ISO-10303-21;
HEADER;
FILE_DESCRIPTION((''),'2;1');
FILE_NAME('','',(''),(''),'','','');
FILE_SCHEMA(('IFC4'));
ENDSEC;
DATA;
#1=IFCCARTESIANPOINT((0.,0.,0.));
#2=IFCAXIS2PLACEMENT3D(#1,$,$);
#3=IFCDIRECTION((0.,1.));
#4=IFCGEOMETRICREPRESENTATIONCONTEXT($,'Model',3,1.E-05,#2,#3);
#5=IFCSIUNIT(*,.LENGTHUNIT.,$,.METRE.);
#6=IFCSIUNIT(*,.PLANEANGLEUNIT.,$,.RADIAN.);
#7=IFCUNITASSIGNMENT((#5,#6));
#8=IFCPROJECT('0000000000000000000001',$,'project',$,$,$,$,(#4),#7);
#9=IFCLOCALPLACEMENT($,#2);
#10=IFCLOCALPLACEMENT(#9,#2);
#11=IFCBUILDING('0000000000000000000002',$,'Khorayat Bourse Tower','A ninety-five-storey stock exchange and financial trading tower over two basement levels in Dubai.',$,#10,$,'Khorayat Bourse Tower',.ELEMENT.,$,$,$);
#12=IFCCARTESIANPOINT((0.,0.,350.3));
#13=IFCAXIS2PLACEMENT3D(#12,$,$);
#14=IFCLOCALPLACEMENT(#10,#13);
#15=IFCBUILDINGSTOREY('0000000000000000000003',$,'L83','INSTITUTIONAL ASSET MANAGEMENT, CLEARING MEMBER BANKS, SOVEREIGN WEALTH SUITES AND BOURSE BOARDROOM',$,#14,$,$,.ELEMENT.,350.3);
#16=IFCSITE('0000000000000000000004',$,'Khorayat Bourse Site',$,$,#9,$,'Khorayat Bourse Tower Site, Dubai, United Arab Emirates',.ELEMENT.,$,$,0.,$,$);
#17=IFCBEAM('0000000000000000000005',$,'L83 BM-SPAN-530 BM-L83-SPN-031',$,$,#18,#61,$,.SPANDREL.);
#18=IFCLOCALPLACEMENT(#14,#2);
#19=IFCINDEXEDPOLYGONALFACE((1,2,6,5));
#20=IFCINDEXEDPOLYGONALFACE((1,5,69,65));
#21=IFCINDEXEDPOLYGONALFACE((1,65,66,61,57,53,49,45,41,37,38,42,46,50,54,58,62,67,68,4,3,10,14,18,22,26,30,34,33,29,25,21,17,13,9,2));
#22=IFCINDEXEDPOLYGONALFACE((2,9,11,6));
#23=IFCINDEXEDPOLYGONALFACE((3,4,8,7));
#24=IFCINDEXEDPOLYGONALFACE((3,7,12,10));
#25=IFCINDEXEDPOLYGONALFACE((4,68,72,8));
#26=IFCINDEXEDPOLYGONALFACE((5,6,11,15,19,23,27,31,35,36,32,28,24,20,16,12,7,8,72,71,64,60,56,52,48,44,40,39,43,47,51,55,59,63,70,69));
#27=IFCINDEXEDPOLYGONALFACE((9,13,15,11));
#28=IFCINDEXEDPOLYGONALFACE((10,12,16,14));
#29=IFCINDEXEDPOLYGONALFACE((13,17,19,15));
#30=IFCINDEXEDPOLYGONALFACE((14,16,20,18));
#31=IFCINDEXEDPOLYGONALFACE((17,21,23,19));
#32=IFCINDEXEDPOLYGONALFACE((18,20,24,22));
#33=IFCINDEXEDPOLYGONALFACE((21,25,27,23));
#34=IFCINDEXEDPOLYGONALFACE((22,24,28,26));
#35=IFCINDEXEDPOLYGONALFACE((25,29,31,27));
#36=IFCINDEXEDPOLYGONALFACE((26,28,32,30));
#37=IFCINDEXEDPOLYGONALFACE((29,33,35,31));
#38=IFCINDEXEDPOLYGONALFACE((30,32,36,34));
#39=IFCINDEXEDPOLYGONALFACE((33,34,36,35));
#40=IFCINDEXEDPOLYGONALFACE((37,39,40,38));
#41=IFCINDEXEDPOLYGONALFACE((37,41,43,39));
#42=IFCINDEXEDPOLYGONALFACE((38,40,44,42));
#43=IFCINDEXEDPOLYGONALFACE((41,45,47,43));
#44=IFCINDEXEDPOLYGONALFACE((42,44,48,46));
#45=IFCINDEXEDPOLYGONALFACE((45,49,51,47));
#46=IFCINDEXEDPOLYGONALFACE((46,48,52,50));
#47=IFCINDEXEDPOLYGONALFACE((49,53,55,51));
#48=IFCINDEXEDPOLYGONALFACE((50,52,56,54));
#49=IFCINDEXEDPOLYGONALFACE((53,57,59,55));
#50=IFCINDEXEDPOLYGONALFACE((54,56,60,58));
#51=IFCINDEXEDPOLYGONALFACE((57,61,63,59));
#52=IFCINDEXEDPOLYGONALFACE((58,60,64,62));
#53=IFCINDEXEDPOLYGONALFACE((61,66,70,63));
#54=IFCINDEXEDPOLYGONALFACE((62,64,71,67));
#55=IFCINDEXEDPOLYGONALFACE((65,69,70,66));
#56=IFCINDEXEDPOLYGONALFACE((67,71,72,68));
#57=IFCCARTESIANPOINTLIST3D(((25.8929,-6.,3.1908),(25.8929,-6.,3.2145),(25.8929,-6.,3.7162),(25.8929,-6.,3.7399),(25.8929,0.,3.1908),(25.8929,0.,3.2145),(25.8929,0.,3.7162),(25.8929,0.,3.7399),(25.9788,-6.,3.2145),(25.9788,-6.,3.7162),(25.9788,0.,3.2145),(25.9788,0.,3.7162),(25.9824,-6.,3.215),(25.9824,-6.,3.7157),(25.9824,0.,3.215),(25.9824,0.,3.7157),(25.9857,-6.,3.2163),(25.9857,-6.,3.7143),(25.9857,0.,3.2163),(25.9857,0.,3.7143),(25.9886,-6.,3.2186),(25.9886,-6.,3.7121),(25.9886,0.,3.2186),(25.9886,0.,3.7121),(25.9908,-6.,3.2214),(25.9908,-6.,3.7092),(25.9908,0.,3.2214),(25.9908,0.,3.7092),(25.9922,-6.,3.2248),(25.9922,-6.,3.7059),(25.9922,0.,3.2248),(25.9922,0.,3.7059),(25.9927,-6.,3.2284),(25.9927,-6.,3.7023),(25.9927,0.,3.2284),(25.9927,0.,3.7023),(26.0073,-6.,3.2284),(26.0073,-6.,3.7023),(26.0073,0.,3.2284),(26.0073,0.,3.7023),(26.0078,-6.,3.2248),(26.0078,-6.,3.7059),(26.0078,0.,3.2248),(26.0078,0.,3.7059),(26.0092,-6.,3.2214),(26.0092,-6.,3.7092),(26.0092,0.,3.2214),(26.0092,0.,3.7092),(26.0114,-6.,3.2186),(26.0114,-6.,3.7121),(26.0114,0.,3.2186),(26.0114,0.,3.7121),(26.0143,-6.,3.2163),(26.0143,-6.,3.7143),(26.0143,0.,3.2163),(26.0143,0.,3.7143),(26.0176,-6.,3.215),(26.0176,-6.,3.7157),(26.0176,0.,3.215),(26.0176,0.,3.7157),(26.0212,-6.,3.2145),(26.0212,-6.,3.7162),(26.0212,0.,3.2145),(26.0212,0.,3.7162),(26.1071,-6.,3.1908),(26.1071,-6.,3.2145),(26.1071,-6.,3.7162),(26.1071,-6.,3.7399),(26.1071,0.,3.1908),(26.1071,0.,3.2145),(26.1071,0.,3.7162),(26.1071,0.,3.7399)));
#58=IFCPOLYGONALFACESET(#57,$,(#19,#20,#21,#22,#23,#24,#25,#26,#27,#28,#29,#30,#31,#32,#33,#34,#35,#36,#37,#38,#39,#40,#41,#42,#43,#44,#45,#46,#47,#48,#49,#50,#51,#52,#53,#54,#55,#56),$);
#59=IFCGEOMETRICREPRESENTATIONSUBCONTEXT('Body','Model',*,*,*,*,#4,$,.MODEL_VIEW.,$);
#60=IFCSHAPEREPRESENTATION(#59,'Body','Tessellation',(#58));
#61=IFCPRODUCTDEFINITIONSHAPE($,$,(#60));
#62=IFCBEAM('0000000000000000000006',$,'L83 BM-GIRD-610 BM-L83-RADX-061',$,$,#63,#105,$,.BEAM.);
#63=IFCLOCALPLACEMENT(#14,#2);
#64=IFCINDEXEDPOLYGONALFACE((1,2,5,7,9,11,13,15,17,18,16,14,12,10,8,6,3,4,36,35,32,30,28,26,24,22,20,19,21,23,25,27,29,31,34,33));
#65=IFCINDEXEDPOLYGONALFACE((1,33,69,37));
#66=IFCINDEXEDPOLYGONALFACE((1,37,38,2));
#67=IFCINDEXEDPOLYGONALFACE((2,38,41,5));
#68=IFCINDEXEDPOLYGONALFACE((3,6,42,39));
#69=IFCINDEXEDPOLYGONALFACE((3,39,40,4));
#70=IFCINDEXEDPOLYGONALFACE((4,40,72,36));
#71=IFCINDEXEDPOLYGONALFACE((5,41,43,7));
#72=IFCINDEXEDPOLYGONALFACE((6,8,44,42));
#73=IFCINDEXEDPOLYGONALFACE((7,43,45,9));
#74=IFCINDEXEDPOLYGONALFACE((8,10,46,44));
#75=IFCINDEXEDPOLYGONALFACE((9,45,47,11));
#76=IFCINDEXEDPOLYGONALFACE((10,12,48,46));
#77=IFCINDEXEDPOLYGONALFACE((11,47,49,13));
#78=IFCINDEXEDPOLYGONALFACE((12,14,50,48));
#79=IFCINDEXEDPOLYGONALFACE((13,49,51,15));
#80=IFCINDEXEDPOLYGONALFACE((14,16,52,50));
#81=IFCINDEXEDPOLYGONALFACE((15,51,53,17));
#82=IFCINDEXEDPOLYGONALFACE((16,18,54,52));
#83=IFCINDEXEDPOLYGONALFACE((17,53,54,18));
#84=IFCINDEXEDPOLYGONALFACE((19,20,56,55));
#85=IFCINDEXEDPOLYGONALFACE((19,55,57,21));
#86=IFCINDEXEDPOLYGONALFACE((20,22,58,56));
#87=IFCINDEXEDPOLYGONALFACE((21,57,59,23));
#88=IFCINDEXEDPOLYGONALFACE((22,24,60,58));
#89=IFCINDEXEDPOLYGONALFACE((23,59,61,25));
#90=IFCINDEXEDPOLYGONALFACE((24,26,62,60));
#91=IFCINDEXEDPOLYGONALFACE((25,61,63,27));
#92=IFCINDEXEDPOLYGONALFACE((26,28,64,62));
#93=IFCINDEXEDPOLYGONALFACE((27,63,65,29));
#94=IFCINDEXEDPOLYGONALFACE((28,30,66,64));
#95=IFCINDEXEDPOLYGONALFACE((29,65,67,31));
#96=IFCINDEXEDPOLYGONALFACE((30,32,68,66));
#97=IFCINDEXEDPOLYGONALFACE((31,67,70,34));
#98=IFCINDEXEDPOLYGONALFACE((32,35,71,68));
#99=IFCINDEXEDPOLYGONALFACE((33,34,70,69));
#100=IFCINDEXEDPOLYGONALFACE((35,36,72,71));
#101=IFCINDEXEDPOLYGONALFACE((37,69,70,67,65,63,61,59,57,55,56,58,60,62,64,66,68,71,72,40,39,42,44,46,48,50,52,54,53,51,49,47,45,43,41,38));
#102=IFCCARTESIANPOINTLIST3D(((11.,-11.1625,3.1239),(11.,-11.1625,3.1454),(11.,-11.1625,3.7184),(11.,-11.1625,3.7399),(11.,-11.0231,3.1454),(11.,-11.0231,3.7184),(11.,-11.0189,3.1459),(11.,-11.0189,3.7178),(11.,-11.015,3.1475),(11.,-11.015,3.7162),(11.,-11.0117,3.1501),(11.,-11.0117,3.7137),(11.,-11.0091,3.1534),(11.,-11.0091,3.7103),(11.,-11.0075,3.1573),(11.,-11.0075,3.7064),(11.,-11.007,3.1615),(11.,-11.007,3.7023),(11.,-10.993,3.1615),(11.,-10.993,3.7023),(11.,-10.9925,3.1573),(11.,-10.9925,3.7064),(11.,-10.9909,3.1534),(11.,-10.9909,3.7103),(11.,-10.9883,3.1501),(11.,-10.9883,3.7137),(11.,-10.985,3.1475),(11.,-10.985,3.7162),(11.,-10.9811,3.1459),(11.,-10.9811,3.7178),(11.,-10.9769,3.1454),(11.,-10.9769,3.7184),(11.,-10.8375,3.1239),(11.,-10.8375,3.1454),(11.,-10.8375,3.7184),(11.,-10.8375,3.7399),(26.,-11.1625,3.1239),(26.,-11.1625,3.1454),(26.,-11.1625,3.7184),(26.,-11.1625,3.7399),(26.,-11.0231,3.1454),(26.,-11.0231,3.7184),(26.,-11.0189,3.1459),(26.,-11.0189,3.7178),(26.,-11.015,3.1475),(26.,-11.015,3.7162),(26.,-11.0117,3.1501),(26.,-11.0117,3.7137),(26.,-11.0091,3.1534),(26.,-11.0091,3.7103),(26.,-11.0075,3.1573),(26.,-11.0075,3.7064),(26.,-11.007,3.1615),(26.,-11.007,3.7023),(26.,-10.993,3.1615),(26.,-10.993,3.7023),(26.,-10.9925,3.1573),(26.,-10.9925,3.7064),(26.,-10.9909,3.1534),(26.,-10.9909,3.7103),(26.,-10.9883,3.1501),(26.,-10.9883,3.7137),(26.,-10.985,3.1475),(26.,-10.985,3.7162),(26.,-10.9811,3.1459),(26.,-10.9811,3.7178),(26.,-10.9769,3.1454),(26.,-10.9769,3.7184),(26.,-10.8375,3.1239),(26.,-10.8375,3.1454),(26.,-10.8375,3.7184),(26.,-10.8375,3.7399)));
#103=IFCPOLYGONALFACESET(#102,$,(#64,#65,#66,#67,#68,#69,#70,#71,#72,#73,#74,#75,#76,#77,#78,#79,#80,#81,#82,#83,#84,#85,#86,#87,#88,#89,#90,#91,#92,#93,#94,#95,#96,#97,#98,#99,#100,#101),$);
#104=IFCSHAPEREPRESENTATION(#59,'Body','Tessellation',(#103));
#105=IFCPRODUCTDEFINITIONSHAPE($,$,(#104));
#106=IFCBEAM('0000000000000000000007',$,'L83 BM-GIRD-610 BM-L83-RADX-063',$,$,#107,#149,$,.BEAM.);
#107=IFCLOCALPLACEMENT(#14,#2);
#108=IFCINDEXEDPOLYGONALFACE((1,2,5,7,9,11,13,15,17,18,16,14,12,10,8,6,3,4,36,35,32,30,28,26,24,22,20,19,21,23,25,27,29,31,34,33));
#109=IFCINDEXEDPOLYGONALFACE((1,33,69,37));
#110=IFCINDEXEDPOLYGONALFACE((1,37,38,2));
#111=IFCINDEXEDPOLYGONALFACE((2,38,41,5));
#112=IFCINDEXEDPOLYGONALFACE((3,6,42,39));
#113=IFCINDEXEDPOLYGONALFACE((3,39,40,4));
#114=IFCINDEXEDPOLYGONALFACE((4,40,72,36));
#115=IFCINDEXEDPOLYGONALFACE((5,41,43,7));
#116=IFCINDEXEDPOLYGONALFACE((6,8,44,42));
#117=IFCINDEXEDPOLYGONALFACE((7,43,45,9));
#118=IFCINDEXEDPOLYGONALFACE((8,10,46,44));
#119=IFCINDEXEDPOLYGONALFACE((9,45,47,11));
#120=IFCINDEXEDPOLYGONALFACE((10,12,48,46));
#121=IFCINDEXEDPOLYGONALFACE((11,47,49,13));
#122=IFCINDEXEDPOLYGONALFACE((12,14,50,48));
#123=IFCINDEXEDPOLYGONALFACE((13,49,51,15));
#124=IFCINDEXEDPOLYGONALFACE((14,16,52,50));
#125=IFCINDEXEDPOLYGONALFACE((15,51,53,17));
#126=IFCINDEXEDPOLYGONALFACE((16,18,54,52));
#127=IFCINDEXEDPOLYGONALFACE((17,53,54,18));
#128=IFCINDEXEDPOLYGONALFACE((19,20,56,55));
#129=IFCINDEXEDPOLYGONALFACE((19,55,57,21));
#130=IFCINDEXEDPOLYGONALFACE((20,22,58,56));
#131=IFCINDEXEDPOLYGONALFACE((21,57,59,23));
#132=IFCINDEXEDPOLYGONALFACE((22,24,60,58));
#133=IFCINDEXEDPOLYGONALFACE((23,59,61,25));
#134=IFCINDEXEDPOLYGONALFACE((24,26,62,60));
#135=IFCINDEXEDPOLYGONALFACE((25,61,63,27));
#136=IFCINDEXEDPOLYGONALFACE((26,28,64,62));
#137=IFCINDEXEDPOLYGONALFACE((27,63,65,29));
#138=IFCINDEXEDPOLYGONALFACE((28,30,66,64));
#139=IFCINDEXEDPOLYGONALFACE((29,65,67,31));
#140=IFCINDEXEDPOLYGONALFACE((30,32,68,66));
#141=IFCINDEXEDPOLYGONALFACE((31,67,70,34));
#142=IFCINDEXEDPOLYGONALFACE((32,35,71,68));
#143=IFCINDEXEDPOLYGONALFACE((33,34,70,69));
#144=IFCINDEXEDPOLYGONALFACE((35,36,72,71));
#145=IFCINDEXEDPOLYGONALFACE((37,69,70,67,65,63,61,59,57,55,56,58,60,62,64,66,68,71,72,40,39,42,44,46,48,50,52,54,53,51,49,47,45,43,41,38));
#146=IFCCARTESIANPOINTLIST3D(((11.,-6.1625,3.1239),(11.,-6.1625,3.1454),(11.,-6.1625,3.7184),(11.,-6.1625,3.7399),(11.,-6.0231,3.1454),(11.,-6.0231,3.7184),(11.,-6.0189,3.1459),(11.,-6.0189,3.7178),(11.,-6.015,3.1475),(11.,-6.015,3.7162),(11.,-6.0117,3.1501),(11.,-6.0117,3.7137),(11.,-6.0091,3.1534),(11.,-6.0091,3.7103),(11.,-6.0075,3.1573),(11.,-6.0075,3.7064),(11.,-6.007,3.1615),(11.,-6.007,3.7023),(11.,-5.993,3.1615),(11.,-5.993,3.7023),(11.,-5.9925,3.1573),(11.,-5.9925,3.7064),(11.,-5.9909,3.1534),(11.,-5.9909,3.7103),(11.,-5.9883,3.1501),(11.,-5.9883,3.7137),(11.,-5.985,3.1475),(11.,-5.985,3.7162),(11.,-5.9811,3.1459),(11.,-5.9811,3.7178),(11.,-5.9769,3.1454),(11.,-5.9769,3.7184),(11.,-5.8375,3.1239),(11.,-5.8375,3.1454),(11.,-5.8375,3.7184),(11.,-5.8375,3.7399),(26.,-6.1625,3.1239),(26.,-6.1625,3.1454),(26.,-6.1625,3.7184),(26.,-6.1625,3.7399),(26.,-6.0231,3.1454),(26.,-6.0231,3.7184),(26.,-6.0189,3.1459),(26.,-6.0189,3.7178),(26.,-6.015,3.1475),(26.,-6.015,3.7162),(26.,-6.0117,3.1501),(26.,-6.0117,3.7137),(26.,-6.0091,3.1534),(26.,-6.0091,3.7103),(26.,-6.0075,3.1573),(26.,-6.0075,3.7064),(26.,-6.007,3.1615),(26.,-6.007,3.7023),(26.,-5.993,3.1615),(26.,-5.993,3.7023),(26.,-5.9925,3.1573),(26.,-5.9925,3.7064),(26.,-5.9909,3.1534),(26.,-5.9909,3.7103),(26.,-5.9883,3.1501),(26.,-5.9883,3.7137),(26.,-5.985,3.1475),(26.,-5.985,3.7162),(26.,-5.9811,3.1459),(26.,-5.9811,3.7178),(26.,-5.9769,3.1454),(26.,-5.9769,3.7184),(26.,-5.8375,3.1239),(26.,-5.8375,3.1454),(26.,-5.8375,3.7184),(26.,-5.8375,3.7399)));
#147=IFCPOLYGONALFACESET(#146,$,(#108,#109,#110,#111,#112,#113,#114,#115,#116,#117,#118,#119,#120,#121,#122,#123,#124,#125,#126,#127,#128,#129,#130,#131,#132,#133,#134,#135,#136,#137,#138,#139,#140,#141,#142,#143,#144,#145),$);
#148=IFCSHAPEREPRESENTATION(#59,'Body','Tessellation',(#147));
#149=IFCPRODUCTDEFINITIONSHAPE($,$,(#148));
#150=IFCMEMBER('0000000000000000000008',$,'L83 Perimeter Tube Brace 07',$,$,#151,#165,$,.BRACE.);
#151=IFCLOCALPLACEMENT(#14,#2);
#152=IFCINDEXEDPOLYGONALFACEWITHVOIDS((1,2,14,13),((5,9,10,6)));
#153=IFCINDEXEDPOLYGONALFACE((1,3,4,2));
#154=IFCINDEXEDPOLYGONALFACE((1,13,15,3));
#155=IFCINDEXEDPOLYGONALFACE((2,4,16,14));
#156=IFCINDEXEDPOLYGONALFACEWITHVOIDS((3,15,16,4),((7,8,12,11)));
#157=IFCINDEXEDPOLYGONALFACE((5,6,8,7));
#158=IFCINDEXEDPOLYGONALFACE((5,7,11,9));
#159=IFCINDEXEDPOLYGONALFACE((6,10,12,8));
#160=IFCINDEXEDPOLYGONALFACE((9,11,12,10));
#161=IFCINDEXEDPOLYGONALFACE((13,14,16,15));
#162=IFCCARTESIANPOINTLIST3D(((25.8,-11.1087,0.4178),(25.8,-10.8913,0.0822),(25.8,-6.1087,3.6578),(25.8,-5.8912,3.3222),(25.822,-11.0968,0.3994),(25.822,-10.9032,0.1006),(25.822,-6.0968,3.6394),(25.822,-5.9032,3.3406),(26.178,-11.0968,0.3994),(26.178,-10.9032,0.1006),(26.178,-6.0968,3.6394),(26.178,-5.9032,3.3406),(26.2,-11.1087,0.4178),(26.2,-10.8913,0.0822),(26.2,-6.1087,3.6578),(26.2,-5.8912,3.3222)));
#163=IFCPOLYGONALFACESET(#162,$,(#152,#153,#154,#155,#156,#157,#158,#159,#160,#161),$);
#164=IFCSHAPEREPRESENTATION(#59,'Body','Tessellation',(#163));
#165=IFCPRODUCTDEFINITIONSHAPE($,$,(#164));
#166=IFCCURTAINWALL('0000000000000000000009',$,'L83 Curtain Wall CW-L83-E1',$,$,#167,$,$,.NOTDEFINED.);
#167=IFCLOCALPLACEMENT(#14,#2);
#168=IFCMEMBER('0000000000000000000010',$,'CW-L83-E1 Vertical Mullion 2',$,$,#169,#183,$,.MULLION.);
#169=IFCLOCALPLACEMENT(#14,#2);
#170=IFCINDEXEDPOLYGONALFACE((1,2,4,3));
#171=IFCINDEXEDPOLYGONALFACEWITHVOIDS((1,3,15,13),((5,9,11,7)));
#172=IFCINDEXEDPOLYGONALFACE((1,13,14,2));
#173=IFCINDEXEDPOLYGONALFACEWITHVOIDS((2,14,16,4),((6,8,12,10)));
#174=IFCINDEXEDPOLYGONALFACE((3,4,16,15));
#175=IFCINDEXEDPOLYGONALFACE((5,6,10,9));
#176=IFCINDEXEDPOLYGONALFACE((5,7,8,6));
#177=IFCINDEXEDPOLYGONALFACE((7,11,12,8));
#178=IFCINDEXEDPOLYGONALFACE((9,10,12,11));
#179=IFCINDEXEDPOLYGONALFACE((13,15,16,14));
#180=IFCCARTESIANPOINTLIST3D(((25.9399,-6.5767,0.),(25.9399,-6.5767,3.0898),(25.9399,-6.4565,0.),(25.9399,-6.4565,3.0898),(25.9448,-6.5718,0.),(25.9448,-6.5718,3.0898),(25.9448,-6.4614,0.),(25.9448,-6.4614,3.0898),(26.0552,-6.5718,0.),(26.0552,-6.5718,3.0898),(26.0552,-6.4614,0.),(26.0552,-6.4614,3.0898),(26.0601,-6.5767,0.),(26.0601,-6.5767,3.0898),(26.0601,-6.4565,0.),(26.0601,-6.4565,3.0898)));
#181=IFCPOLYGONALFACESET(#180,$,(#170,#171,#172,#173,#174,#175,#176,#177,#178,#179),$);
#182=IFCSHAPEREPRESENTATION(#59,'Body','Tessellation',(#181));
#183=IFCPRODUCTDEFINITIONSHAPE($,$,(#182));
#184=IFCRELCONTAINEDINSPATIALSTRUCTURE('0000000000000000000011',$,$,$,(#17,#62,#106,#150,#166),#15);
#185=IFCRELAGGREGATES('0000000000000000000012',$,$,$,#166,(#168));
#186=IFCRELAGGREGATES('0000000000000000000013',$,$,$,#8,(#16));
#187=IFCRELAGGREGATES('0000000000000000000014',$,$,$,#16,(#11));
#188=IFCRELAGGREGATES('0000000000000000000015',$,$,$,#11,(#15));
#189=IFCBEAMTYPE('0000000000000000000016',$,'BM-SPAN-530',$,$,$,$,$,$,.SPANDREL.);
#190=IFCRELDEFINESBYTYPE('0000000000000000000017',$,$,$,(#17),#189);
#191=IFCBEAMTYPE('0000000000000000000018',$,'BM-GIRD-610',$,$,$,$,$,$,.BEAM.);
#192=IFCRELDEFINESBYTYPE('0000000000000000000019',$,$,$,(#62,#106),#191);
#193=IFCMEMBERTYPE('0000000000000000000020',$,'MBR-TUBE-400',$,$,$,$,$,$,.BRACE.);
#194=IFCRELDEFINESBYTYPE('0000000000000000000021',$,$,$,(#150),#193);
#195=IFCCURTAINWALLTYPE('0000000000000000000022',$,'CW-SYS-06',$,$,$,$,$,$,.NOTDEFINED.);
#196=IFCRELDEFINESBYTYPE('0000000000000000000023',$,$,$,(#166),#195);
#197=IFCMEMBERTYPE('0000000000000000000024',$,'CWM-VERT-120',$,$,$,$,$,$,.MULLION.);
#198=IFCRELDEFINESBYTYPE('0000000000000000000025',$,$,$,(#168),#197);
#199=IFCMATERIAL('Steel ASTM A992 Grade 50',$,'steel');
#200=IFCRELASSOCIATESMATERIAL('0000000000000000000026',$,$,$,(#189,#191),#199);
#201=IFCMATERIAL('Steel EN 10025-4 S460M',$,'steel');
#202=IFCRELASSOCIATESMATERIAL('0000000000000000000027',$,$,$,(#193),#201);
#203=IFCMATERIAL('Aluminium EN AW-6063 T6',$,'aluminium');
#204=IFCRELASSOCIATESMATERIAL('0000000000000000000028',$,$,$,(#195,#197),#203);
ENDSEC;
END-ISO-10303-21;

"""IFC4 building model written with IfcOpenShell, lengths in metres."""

from ifc_helpers import new_model, si_unit, direction, frame, origin, origin_2d, place, context, subcontext, project, spatial, hollow_rectangle, i_section, extrude, source, transform, mapped, material, material_profile, profile_set, type_object, element, aggregate, save


model = new_model("IFC4")

# Units and contexts
model_context = context("Model", 3, precision=1e-05, world=origin(), true_north=direction((0.0, 1.0)))
body_context = subcontext(model_context, "Body", "Model", "MODEL_VIEW")
ifc_project = project(units=[si_unit("LENGTHUNIT", "METRE"), si_unit("PLANEANGLEUNIT", "RADIAN")], contexts=[model_context])

# Site, building, storey
site_placement = place(None, origin())
site = spatial("IfcSite", under=ifc_project, at=site_placement, Name="Khorayat Bourse Site", LongName="Khorayat Bourse Tower Site, Dubai, United Arab Emirates", CompositionType="ELEMENT", RefElevation=0.0)
building_placement = place(site_placement, origin())
building = spatial("IfcBuilding", under=site, at=building_placement, Name="Khorayat Bourse Tower", Description="A ninety-five-storey stock exchange and financial trading tower over two basement levels in Dubai.", LongName="Khorayat Bourse Tower", CompositionType="ELEMENT")
storey_placement = place(building_placement, frame((0.0, 0.0, 350.3)))
storey = spatial("IfcBuildingStorey", under=building, at=storey_placement, Name="L83", Description="INSTITUTIONAL ASSET MANAGEMENT, CLEARING MEMBER BANKS, SOVEREIGN WEALTH SUITES AND BOURSE BOARDROOM", CompositionType="ELEMENT", Elevation=350.3)

# Beams
ifc_material_1 = material(Name="Steel ASTM A992 Grade 50", Category="steel")
ifc_material_profile_1 = material_profile(ifc_material_1, i_section(OverallWidth=0.2141, OverallDepth=0.5491, WebThickness=0.0146, FlangeThickness=0.0237, FilletRadius=0.0139, at=origin_2d()), Name="W530X138")
ifc_profile_set_1 = profile_set([ifc_material_profile_1], Name="Steel ASTM A992 Grade 50")
beam_type_1 = type_object("IfcBeamType", Name="BM-SPAN-530", PredefinedType="SPANDREL", material=ifc_profile_set_1)
shared_shape_1 = source(origin(), body_context, "Body", "SweptSolid", [
    extrude(i_section(OverallWidth=0.2141, OverallDepth=0.5491, WebThickness=0.0146, FlangeThickness=0.0237, FilletRadius=0.0139, at=origin_2d()), origin(), (0.0, 0.0, 1.0), 6.0),
])
beam_1_placement = place(storey_placement, frame((26.0, -6.0, 3.4653), z_axis=(0.0, 1.0, 0.0), x_axis=(-1.0, 0.0, 0.0)))
element("IfcBeam", 1, at=beam_1_placement, inside=storey, type_object=beam_type_1, Name="L83 BM-SPAN-530 BM-L83-SPN-031", PredefinedType="SPANDREL", context=body_context, shape_type="MappedRepresentation", body=[
    mapped(shared_shape_1, transform((0.0, 0.0, 0.0), scale=1.0)),
])
ifc_material_profile_2 = material_profile(ifc_material_1, i_section(OverallWidth=0.325, OverallDepth=0.616, WebThickness=0.0139, FlangeThickness=0.0215, FilletRadius=0.0161, at=origin_2d()), Name="W610X174")
ifc_profile_set_2 = profile_set([ifc_material_profile_2], Name="Steel ASTM A992 Grade 50")
beam_type_2 = type_object("IfcBeamType", Name="BM-GIRD-610", PredefinedType="BEAM", material=ifc_profile_set_2)
shared_shape_2 = source(origin(), body_context, "Body", "SweptSolid", [
    extrude(i_section(OverallWidth=0.325, OverallDepth=0.616, WebThickness=0.0139, FlangeThickness=0.0215, FilletRadius=0.0161, at=origin_2d()), origin(), (0.0, 0.0, 1.0), 15.0),
])
for number, where, z_axis, x_axis, name in (
    (2, (11.0, -11.0, 3.4319), (1.0, 0.0, 0.0), (0.0, 1.0, 0.0), "L83 BM-GIRD-610 BM-L83-RADX-061"),
    (3, (11.0, -6.0, 3.4319), (1.0, 0.0, 0.0), (0.0, 1.0, 0.0), "L83 BM-GIRD-610 BM-L83-RADX-063"),
):
    element("IfcBeam", number, at=place(storey_placement, frame(where, z_axis=z_axis, x_axis=x_axis)), inside=storey, type_object=beam_type_2, Name=name, PredefinedType="BEAM", context=body_context, shape_type="MappedRepresentation", body=[
        mapped(shared_shape_2, transform((0.0, 0.0, 0.0), scale=1.0)),
    ])

# Member
ifc_material_2 = material(Name="Steel EN 10025-4 S460M", Category="steel")
ifc_material_profile_3 = material_profile(ifc_material_2, hollow_rectangle(XDim=0.3999, YDim=0.3999, WallThickness=0.022, at=origin_2d()), Name="HSS 400x400x22")
ifc_profile_set_3 = profile_set([ifc_material_profile_3], Name="Steel EN 10025-4 S460M")
member_type_1 = type_object("IfcMemberType", Name="MBR-TUBE-400", PredefinedType="BRACE", material=ifc_profile_set_3)
shared_shape_3 = source(origin(), body_context, "Body", "SweptSolid", [
    extrude(hollow_rectangle(XDim=0.3999, YDim=0.3999, WallThickness=0.022, at=origin_2d()), origin(), (0.0, 0.0, 1.0), 5.958),
])
member_1_placement = place(storey_placement, frame((26.0, -11.0, 0.25), z_axis=(0.0, 0.83921, 0.543807), x_axis=(-1.0, 0.0, 0.0)))
element("IfcMember", 4, at=member_1_placement, inside=storey, type_object=member_type_1, Name="L83 Perimeter Tube Brace 07", PredefinedType="BRACE", context=body_context, shape_type="MappedRepresentation", body=[
    mapped(shared_shape_3, transform((0.0, 0.0, 0.0), scale=1.0)),
])

# Curtain wall, member
ifc_material_3 = material(Name="Aluminium EN AW-6063 T6", Category="aluminium")
curtain_wall_type = type_object("IfcCurtainWallType", Name="CW-SYS-06", PredefinedType="NOTDEFINED", material=ifc_material_3)
curtain_wall_placement = place(storey_placement, origin())
curtain_wall = element("IfcCurtainWall", 5, at=curtain_wall_placement, inside=storey, type_object=curtain_wall_type, Name="L83 Curtain Wall CW-L83-E1", PredefinedType="NOTDEFINED")
ifc_material_profile_4 = material_profile(ifc_material_3, hollow_rectangle(XDim=0.1201, YDim=0.1201, WallThickness=0.0049, at=origin_2d()), Name="ALU 120x120x5")
ifc_profile_set_4 = profile_set([ifc_material_profile_4], Name="Aluminium EN AW-6063 T6")
member_type_2 = type_object("IfcMemberType", Name="CWM-VERT-120", PredefinedType="MULLION", material=ifc_profile_set_4)
shared_shape_4 = source(origin(), body_context, "Body", "SweptSolid", [
    extrude(hollow_rectangle(XDim=0.1201, YDim=0.1201, WallThickness=0.0049, at=origin_2d()), origin(), (0.0, 0.0, 1.0), 3.0898),
])
member_2_placement = place(storey_placement, frame((26.0, -6.5166, 0.0), z_axis=(0.0, 0.0, 1.0), x_axis=(-1.0, 0.0, 0.0)))
member_2 = element("IfcMember", 6, at=member_2_placement, type_object=member_type_2, Name="CW-L83-E1 Vertical Mullion 2", PredefinedType="MULLION", context=body_context, shape_type="MappedRepresentation", body=[
    mapped(shared_shape_4, transform((0.0, 0.0, 0.0), scale=1.0)),
])

aggregate(curtain_wall, [member_2])

save(model, "model.ifc")
